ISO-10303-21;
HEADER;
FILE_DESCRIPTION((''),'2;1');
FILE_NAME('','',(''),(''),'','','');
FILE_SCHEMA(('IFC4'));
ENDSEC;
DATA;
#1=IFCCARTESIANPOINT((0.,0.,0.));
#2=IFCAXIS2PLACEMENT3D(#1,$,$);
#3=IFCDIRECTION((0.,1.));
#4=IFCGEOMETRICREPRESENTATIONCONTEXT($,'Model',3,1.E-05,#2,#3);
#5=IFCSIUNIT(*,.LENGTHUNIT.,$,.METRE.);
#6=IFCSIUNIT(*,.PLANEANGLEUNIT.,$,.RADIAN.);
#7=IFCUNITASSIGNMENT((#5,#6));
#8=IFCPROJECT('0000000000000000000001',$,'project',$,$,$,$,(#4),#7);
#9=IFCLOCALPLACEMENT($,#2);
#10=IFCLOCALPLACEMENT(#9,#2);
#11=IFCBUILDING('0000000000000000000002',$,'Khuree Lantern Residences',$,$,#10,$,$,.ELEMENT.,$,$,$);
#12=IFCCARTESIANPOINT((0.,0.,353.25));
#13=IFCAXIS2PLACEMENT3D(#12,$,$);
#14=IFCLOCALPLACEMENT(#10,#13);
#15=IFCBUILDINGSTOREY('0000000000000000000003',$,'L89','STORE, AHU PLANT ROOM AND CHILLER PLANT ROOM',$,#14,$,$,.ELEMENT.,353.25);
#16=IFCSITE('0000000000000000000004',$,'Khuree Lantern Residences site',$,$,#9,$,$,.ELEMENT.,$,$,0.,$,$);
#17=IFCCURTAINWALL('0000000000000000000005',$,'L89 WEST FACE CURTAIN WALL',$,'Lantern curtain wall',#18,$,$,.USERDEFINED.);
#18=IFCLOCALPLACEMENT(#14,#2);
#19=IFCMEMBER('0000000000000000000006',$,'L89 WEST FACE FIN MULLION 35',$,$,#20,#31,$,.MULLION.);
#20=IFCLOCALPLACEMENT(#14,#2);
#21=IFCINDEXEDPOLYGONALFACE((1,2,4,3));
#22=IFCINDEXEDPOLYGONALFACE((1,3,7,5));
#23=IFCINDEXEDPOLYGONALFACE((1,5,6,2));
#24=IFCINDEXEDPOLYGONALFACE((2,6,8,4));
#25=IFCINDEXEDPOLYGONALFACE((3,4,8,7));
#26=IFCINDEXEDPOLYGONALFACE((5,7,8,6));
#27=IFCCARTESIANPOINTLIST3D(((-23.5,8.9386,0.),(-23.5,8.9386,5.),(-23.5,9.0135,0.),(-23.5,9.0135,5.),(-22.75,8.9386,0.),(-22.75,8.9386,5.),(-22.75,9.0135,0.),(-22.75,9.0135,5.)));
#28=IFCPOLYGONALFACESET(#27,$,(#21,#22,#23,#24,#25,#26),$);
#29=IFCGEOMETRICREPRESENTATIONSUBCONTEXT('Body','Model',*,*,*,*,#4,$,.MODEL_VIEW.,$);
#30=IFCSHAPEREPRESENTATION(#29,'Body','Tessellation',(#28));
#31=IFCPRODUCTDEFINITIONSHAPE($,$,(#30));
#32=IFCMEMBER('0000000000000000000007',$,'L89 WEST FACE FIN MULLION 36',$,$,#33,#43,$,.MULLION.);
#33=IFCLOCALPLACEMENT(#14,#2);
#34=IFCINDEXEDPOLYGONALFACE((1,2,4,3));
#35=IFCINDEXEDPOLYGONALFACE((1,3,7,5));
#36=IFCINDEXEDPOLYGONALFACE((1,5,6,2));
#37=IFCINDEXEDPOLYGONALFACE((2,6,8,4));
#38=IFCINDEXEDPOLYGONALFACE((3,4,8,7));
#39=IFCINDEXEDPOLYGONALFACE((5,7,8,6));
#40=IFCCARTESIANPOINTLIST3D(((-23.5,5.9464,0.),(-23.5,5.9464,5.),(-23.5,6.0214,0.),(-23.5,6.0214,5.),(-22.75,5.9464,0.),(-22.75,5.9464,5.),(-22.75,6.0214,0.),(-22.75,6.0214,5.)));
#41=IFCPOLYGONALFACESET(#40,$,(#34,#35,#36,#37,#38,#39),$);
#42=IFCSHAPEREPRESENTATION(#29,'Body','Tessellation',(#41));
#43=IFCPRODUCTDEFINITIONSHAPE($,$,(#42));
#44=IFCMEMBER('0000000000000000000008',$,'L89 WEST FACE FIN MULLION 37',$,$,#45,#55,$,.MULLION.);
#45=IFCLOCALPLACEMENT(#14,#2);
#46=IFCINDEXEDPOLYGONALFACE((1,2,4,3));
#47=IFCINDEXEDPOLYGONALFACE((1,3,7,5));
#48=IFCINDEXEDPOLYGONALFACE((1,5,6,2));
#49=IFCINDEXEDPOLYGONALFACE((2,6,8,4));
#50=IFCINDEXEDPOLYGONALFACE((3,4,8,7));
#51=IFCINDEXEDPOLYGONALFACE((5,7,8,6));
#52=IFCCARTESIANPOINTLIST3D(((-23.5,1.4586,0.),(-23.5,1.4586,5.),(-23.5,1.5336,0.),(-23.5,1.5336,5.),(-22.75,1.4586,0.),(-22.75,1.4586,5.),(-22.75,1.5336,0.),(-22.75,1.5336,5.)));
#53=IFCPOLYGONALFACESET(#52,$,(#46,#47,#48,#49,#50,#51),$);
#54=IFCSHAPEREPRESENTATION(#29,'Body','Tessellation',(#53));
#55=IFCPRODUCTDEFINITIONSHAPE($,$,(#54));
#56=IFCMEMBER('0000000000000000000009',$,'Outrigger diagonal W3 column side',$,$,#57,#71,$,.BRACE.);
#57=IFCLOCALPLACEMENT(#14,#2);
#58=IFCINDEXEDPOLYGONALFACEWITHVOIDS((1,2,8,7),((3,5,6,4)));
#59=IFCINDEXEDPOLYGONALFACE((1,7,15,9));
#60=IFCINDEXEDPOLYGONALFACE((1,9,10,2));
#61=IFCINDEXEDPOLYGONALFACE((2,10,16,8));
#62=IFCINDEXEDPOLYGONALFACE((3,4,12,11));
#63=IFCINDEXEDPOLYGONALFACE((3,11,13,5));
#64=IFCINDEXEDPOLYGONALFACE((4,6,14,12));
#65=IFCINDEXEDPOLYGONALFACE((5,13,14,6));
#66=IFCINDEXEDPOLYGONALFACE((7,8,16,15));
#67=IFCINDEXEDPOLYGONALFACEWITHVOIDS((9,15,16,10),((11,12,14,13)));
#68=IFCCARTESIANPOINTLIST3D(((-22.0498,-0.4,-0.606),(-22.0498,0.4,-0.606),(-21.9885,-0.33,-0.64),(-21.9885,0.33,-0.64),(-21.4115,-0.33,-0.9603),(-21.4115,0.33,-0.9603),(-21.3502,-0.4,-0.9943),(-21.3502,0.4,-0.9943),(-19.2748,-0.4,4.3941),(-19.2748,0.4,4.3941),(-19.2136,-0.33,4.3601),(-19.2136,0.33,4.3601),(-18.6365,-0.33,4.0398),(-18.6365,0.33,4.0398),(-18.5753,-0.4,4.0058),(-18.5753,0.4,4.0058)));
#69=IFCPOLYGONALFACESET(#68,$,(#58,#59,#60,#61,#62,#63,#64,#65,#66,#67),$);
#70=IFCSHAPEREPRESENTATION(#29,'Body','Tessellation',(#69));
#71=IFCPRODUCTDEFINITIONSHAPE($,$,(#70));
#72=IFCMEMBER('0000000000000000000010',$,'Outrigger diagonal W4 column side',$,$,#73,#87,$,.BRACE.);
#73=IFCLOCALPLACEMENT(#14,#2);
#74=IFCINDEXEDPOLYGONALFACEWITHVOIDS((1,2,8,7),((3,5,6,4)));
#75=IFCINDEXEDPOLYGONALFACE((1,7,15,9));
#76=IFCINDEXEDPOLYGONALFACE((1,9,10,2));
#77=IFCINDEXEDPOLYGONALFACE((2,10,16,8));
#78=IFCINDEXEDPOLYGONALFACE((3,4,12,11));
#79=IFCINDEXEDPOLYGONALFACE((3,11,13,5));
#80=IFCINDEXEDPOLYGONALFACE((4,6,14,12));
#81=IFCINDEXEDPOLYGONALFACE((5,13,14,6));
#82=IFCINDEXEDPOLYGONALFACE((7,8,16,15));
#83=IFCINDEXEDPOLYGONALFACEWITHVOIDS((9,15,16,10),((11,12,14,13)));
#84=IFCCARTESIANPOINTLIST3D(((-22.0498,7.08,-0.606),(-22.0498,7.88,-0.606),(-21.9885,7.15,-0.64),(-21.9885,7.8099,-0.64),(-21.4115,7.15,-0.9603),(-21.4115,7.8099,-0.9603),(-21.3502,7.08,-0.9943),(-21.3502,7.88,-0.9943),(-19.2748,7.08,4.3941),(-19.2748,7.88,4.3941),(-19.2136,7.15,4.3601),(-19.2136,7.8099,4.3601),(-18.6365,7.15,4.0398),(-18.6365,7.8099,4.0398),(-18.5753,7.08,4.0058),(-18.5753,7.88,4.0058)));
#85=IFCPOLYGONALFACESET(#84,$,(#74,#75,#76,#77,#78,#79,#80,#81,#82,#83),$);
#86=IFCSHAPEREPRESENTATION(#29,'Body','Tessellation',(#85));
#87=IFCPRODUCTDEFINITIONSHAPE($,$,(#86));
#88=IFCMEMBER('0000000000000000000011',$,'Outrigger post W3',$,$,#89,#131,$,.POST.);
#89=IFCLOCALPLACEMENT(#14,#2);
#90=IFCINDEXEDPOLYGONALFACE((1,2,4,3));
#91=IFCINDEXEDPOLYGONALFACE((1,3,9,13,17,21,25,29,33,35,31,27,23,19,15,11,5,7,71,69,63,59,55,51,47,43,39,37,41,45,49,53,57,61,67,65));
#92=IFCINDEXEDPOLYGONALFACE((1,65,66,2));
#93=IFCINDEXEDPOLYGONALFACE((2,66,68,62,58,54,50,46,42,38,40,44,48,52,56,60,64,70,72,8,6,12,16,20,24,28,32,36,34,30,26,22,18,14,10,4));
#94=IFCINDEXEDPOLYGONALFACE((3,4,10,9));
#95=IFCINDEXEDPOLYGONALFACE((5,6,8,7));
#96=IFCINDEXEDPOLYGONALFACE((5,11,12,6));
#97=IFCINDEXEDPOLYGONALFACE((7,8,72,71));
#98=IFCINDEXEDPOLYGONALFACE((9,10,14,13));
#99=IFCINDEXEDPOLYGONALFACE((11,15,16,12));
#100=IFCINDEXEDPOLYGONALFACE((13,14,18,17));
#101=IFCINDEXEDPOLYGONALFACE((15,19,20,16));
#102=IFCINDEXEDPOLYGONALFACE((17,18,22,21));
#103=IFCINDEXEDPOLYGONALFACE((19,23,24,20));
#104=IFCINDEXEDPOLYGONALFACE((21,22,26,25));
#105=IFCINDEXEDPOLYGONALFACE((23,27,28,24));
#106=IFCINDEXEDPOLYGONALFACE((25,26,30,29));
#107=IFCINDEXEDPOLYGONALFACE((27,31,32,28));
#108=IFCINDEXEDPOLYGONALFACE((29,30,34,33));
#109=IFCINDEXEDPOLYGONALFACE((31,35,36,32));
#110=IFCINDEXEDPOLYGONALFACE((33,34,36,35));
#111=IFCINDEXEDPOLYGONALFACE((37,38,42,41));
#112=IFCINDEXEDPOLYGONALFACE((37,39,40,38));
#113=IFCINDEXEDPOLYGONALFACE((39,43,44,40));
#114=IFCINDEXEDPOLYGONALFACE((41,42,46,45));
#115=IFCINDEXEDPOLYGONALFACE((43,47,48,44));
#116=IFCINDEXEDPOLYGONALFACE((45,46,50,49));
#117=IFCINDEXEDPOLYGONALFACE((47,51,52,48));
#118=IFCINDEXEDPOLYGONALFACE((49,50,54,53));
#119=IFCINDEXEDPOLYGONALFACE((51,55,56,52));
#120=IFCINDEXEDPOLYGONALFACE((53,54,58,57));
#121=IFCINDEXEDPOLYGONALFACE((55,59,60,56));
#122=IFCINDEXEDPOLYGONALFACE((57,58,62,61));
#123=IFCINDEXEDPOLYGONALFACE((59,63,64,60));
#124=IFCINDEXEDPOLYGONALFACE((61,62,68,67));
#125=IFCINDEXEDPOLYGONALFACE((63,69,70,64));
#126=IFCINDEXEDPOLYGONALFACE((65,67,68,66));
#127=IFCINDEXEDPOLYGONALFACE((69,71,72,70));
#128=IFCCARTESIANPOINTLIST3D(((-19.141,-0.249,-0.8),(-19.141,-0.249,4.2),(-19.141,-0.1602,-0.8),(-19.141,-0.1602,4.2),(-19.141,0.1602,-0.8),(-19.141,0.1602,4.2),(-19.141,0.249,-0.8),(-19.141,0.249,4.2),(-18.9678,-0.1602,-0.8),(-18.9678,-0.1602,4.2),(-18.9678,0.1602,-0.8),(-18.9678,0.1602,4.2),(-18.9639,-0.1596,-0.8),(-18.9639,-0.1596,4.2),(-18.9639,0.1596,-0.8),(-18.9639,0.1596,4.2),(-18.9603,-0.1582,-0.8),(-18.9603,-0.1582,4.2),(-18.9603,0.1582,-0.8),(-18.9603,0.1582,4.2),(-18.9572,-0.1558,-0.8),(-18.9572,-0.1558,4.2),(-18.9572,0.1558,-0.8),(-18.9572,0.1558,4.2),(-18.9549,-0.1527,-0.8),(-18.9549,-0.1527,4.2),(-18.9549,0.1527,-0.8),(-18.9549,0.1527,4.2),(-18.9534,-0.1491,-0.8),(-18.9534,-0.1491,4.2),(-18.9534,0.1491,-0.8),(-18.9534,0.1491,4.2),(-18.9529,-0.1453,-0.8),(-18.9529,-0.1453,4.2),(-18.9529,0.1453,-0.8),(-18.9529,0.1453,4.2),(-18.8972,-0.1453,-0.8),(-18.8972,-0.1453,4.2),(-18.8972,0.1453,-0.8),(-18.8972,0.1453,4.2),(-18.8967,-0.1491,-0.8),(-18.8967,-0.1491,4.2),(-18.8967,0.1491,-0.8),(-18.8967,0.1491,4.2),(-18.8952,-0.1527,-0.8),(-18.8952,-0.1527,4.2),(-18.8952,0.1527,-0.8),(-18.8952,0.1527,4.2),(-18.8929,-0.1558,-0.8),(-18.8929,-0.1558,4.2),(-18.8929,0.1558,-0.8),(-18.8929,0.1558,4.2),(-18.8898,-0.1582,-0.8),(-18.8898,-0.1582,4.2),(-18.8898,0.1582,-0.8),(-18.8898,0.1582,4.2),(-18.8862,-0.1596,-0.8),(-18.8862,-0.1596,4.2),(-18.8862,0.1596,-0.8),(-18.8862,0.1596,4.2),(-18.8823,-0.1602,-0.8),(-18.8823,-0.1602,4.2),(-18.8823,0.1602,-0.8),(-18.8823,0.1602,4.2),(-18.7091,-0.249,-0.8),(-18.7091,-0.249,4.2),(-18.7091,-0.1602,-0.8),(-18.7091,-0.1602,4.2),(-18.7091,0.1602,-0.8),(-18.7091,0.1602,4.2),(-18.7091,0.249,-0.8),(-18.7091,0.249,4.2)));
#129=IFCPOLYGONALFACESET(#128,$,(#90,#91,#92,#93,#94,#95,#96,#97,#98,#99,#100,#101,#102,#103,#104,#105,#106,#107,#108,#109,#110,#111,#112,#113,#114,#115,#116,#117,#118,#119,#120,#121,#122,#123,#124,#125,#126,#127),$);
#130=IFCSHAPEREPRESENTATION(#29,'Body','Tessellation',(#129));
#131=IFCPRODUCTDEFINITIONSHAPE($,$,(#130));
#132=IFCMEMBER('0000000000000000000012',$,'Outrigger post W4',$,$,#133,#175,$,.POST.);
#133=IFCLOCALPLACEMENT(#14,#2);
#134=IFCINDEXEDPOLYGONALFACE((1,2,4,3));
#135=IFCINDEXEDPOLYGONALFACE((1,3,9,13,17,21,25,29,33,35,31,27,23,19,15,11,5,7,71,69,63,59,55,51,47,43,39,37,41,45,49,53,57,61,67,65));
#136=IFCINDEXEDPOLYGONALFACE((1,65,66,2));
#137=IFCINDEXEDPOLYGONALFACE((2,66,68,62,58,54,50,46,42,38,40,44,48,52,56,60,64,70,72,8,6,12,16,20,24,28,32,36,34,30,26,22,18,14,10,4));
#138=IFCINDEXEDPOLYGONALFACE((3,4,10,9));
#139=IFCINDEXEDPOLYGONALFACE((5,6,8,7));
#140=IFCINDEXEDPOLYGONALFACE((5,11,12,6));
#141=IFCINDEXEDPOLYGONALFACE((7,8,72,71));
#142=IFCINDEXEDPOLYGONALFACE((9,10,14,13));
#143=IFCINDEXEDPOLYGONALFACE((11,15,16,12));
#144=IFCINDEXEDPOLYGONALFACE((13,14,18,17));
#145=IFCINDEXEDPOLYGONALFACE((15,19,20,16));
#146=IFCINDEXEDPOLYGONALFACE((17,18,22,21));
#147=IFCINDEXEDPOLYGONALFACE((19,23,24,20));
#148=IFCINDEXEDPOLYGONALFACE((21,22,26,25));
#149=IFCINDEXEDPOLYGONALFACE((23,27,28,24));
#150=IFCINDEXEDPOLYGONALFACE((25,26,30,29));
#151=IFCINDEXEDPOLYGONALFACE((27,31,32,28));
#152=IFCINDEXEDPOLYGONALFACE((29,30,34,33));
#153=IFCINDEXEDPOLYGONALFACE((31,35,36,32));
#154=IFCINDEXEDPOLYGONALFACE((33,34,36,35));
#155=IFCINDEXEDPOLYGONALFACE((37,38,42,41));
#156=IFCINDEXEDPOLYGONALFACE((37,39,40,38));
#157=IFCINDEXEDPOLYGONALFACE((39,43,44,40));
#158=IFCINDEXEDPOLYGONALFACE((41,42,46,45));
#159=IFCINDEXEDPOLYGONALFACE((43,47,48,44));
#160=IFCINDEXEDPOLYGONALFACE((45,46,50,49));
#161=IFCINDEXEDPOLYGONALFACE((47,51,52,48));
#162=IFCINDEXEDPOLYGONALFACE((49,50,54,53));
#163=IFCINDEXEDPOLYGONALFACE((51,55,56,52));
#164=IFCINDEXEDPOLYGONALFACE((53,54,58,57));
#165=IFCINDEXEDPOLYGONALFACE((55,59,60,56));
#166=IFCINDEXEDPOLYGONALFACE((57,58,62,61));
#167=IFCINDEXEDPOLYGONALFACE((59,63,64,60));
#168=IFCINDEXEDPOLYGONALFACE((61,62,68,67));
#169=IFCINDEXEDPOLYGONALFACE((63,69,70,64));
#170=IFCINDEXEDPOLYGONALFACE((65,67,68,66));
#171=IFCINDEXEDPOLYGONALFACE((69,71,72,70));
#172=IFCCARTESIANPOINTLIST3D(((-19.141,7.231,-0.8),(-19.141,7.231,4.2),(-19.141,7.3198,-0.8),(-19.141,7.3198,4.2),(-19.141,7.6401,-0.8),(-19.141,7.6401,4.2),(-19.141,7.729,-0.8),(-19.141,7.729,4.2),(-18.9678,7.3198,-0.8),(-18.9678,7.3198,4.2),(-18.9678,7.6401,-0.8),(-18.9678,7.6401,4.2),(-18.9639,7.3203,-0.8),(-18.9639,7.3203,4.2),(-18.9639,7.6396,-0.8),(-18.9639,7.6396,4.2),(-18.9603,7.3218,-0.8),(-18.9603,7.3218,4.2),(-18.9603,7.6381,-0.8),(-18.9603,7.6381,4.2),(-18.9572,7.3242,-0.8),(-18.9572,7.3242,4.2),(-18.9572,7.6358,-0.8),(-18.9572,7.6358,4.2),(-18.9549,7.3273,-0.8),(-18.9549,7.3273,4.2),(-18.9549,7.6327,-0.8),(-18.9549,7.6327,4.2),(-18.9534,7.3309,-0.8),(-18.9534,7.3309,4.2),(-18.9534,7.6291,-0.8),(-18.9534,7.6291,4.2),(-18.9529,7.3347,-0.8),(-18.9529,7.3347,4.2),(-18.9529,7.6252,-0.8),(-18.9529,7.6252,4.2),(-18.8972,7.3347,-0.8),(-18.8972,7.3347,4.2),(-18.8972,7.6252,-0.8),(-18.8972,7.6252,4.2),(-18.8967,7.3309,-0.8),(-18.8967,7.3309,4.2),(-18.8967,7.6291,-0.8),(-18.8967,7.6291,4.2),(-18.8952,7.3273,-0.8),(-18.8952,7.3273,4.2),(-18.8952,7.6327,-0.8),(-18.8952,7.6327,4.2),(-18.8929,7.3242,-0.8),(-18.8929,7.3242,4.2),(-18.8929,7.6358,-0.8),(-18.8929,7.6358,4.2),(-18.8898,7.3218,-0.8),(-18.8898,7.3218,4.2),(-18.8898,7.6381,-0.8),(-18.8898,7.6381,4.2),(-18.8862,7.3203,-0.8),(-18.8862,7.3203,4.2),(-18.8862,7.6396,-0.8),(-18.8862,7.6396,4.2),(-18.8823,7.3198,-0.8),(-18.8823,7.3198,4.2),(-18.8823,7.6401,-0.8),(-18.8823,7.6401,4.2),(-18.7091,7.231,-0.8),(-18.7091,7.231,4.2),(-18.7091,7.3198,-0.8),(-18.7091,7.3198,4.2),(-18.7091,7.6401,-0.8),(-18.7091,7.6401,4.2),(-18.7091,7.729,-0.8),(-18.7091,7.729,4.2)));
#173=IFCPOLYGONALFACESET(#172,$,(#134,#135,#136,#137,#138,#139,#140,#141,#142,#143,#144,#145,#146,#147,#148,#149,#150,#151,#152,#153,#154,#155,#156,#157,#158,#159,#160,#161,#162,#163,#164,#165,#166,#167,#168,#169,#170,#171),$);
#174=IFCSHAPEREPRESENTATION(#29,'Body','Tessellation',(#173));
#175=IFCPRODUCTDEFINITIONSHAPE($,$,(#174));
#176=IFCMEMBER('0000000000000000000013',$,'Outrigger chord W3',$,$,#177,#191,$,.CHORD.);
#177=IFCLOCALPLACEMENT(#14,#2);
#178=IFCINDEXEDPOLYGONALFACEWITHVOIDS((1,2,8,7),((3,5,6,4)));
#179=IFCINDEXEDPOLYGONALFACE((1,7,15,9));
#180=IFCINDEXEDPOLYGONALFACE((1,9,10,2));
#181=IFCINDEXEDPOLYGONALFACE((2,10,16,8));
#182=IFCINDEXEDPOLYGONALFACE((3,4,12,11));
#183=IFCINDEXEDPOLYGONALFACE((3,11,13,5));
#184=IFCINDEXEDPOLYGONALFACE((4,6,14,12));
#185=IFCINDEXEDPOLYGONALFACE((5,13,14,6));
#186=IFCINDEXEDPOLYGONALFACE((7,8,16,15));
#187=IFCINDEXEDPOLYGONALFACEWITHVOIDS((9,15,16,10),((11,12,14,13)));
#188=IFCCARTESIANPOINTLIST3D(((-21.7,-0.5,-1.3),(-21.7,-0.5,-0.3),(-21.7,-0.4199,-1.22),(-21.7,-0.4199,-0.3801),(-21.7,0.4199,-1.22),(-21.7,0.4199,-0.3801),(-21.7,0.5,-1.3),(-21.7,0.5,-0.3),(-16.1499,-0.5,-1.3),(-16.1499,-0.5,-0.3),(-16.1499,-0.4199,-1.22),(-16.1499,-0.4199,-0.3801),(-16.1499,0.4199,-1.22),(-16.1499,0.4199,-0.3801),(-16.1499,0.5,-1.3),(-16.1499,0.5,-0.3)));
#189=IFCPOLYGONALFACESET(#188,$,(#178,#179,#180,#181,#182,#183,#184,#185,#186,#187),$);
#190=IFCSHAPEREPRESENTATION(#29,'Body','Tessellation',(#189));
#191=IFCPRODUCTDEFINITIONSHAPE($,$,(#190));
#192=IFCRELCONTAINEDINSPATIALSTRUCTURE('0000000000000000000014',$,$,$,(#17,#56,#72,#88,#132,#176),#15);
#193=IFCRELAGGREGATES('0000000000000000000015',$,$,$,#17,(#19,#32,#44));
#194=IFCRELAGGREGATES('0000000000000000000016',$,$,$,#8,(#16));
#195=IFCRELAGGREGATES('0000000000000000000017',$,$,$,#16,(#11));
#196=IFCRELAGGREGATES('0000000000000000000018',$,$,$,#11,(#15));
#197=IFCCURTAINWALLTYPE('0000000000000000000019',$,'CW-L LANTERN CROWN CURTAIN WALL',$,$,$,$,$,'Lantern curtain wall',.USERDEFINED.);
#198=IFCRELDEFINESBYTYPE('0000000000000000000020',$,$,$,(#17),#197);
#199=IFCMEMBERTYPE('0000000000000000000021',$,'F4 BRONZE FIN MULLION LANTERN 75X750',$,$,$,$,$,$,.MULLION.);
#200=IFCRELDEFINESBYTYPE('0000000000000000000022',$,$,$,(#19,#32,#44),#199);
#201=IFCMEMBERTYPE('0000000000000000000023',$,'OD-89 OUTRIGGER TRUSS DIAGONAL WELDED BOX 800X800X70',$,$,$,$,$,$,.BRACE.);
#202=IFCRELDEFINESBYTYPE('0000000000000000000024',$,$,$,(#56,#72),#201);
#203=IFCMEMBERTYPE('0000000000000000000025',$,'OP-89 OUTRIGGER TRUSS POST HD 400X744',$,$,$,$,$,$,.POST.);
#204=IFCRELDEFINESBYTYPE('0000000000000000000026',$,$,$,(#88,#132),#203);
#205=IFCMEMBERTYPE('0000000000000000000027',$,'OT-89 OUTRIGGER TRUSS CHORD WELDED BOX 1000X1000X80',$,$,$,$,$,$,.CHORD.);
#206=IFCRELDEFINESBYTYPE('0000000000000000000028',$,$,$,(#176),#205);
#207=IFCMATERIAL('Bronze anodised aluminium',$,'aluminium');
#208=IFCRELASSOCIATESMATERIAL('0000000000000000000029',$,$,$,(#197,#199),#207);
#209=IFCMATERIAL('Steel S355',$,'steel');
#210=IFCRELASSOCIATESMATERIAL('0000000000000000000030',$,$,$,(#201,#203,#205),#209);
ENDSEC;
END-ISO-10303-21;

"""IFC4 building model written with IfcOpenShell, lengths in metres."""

from ifc_helpers import new_model, si_unit, direction, frame, origin, origin_2d, place, context, subcontext, project, spatial, rectangle, hollow_rectangle, i_section, extrude, material, material_profile, profile_set, type_object, element, aggregate, save


model = new_model("IFC4")

# Units and contexts
model_context = context("Model", 3, precision=1e-05, world=origin(), true_north=direction((0.0, 1.0)))
body_context = subcontext(model_context, "Body", "Model", "MODEL_VIEW")
ifc_project = project(units=[si_unit("LENGTHUNIT", "METRE"), si_unit("PLANEANGLEUNIT", "RADIAN")], contexts=[model_context])

# Site, building, storey
site_placement = place(None, origin())
site = spatial("IfcSite", under=ifc_project, at=site_placement, Name="Khuree Lantern Residences site", CompositionType="ELEMENT", RefElevation=0.0)
building_placement = place(site_placement, origin())
building = spatial("IfcBuilding", under=site, at=building_placement, Name="Khuree Lantern Residences", CompositionType="ELEMENT")
storey_placement = place(building_placement, frame((0.0, 0.0, 353.25)))
storey = spatial("IfcBuildingStorey", under=building, at=storey_placement, Name="L89", Description="STORE, AHU PLANT ROOM AND CHILLER PLANT ROOM", CompositionType="ELEMENT", Elevation=353.25)

# Shared definitions
ifc_material_1 = material(Name="Steel S355", Category="steel")

# Curtain wall, members
ifc_material_2 = material(Name="Bronze anodised aluminium", Category="aluminium")
curtain_wall_type = type_object("IfcCurtainWallType", Name="CW-L LANTERN CROWN CURTAIN WALL", ElementType="Lantern curtain wall", PredefinedType="USERDEFINED", material=ifc_material_2)
curtain_wall_placement = place(storey_placement, origin())
curtain_wall = element("IfcCurtainWall", 1, at=curtain_wall_placement, inside=storey, type_object=curtain_wall_type, Name="L89 WEST FACE CURTAIN WALL", ObjectType="Lantern curtain wall", PredefinedType="USERDEFINED")
ifc_material_profile_1 = material_profile(ifc_material_2, rectangle(XDim=0.075, YDim=0.75, at=origin_2d()), Name="F4 75X750")
ifc_profile_set_1 = profile_set([ifc_material_profile_1], Name="Bronze anodised aluminium")
member_type_1 = type_object("IfcMemberType", Name="F4 BRONZE FIN MULLION LANTERN 75X750", PredefinedType="MULLION", material=ifc_profile_set_1)
member_1_placement = place(storey_placement, frame((-23.125, 8.9761, 0.0), z_axis=(0.0, 0.0, 1.0), x_axis=(0.0, -1.0, 0.0)))
member_1 = element("IfcMember", 2, at=member_1_placement, type_object=member_type_1, Name="L89 WEST FACE FIN MULLION 35", PredefinedType="MULLION", context=body_context, shape_type="SweptSolid", body=[
    extrude(rectangle(XDim=0.075, YDim=0.75, at=origin_2d()), origin(), (0.0, 0.0, 1.0), 5.0),
])
member_2_placement = place(storey_placement, frame((-23.125, 5.9839, 0.0), z_axis=(0.0, 0.0, 1.0), x_axis=(0.0, -1.0, 0.0)))
member_2 = element("IfcMember", 3, at=member_2_placement, type_object=member_type_1, Name="L89 WEST FACE FIN MULLION 36", PredefinedType="MULLION", context=body_context, shape_type="SweptSolid", body=[
    extrude(rectangle(XDim=0.075, YDim=0.75, at=origin_2d()), origin(), (0.0, 0.0, 1.0), 5.0),
])
member_3_placement = place(storey_placement, frame((-23.125, 1.4961, 0.0), z_axis=(0.0, 0.0, 1.0), x_axis=(0.0, -1.0, 0.0)))
member_3 = element("IfcMember", 4, at=member_3_placement, type_object=member_type_1, Name="L89 WEST FACE FIN MULLION 37", PredefinedType="MULLION", context=body_context, shape_type="SweptSolid", body=[
    extrude(rectangle(XDim=0.075, YDim=0.75, at=origin_2d()), origin(), (0.0, 0.0, 1.0), 5.0),
])

# Members
ifc_material_profile_2 = material_profile(ifc_material_1, hollow_rectangle(XDim=0.8, YDim=0.8, WallThickness=0.0701, at=origin_2d()), Name="WELDED BOX 800X800X70")
ifc_profile_set_2 = profile_set([ifc_material_profile_2], Name="Steel S355")
member_type_2 = type_object("IfcMemberType", Name="OD-89 OUTRIGGER TRUSS DIAGONAL WELDED BOX 800X800X70", PredefinedType="BRACE", material=ifc_profile_set_2)
for number, where, z_axis, x_axis, name in (
    (5, (-18.925, 0.0, 4.2), (-0.485259, 0.0, -0.874371), (0.0, -1.0, 0.0), "Outrigger diagonal W3 column side"),
    (6, (-18.925, 7.48, 4.2), (-0.485259, 0.0, -0.874371), (0.0, -1.0, 0.0), "Outrigger diagonal W4 column side"),
):
    element("IfcMember", number, at=place(storey_placement, frame(where, z_axis=z_axis, x_axis=x_axis)), inside=storey, type_object=member_type_2, Name=name, PredefinedType="BRACE", context=body_context, shape_type="SweptSolid", body=[
        extrude(hollow_rectangle(XDim=0.8, YDim=0.8, WallThickness=0.0701, at=origin_2d()), origin(), (0.0, 0.0, 1.0), 5.7185),
    ])
ifc_material_profile_3 = material_profile(ifc_material_1, i_section(OverallWidth=0.4319, OverallDepth=0.498, WebThickness=0.0557, FlangeThickness=0.0889, FilletRadius=0.0149, at=origin_2d()), Name="HD 400X744")
ifc_profile_set_3 = profile_set([ifc_material_profile_3], Name="Steel S355")
member_type_3 = type_object("IfcMemberType", Name="OP-89 OUTRIGGER TRUSS POST HD 400X744", PredefinedType="POST", material=ifc_profile_set_3)
for number, where, z_axis, x_axis, name in (
    (7, (-18.925, 0.0, -0.8), (0.0, 0.0, 1.0), (1.0, 0.0, 0.0), "Outrigger post W3"),
    (8, (-18.925, 7.48, -0.8), (0.0, 0.0, 1.0), (1.0, 0.0, 0.0), "Outrigger post W4"),
):
    element("IfcMember", number, at=place(storey_placement, frame(where, z_axis=z_axis, x_axis=x_axis)), inside=storey, type_object=member_type_3, Name=name, PredefinedType="POST", context=body_context, shape_type="SweptSolid", body=[
        extrude(i_section(OverallWidth=0.4319, OverallDepth=0.498, WebThickness=0.0557, FlangeThickness=0.0889, FilletRadius=0.0149, at=origin_2d()), origin(), (0.0, 0.0, 1.0), 5.0),
    ])
ifc_material_profile_4 = material_profile(ifc_material_1, hollow_rectangle(XDim=1.0, YDim=1.0, WallThickness=0.0801, at=origin_2d()), Name="WELDED BOX 1000X1000X80")
ifc_profile_set_4 = profile_set([ifc_material_profile_4], Name="Steel S355")
member_type_4 = type_object("IfcMemberType", Name="OT-89 OUTRIGGER TRUSS CHORD WELDED BOX 1000X1000X80", PredefinedType="CHORD", material=ifc_profile_set_4)
for number, where, z_axis, x_axis, name in (
    (9, (-21.7, 0.0, -0.8), (1.0, 0.0, 0.0), (0.0, 1.0, 0.0), "Outrigger chord W3"),
):
    element("IfcMember", number, at=place(storey_placement, frame(where, z_axis=z_axis, x_axis=x_axis)), inside=storey, type_object=member_type_4, Name=name, PredefinedType="CHORD", context=body_context, shape_type="SweptSolid", body=[
        extrude(hollow_rectangle(XDim=1.0, YDim=1.0, WallThickness=0.0801, at=origin_2d()), origin(), (0.0, 0.0, 1.0), 5.55),
    ])

aggregate(curtain_wall, [member_1, member_2, member_3])

save(model, "model.ifc")
